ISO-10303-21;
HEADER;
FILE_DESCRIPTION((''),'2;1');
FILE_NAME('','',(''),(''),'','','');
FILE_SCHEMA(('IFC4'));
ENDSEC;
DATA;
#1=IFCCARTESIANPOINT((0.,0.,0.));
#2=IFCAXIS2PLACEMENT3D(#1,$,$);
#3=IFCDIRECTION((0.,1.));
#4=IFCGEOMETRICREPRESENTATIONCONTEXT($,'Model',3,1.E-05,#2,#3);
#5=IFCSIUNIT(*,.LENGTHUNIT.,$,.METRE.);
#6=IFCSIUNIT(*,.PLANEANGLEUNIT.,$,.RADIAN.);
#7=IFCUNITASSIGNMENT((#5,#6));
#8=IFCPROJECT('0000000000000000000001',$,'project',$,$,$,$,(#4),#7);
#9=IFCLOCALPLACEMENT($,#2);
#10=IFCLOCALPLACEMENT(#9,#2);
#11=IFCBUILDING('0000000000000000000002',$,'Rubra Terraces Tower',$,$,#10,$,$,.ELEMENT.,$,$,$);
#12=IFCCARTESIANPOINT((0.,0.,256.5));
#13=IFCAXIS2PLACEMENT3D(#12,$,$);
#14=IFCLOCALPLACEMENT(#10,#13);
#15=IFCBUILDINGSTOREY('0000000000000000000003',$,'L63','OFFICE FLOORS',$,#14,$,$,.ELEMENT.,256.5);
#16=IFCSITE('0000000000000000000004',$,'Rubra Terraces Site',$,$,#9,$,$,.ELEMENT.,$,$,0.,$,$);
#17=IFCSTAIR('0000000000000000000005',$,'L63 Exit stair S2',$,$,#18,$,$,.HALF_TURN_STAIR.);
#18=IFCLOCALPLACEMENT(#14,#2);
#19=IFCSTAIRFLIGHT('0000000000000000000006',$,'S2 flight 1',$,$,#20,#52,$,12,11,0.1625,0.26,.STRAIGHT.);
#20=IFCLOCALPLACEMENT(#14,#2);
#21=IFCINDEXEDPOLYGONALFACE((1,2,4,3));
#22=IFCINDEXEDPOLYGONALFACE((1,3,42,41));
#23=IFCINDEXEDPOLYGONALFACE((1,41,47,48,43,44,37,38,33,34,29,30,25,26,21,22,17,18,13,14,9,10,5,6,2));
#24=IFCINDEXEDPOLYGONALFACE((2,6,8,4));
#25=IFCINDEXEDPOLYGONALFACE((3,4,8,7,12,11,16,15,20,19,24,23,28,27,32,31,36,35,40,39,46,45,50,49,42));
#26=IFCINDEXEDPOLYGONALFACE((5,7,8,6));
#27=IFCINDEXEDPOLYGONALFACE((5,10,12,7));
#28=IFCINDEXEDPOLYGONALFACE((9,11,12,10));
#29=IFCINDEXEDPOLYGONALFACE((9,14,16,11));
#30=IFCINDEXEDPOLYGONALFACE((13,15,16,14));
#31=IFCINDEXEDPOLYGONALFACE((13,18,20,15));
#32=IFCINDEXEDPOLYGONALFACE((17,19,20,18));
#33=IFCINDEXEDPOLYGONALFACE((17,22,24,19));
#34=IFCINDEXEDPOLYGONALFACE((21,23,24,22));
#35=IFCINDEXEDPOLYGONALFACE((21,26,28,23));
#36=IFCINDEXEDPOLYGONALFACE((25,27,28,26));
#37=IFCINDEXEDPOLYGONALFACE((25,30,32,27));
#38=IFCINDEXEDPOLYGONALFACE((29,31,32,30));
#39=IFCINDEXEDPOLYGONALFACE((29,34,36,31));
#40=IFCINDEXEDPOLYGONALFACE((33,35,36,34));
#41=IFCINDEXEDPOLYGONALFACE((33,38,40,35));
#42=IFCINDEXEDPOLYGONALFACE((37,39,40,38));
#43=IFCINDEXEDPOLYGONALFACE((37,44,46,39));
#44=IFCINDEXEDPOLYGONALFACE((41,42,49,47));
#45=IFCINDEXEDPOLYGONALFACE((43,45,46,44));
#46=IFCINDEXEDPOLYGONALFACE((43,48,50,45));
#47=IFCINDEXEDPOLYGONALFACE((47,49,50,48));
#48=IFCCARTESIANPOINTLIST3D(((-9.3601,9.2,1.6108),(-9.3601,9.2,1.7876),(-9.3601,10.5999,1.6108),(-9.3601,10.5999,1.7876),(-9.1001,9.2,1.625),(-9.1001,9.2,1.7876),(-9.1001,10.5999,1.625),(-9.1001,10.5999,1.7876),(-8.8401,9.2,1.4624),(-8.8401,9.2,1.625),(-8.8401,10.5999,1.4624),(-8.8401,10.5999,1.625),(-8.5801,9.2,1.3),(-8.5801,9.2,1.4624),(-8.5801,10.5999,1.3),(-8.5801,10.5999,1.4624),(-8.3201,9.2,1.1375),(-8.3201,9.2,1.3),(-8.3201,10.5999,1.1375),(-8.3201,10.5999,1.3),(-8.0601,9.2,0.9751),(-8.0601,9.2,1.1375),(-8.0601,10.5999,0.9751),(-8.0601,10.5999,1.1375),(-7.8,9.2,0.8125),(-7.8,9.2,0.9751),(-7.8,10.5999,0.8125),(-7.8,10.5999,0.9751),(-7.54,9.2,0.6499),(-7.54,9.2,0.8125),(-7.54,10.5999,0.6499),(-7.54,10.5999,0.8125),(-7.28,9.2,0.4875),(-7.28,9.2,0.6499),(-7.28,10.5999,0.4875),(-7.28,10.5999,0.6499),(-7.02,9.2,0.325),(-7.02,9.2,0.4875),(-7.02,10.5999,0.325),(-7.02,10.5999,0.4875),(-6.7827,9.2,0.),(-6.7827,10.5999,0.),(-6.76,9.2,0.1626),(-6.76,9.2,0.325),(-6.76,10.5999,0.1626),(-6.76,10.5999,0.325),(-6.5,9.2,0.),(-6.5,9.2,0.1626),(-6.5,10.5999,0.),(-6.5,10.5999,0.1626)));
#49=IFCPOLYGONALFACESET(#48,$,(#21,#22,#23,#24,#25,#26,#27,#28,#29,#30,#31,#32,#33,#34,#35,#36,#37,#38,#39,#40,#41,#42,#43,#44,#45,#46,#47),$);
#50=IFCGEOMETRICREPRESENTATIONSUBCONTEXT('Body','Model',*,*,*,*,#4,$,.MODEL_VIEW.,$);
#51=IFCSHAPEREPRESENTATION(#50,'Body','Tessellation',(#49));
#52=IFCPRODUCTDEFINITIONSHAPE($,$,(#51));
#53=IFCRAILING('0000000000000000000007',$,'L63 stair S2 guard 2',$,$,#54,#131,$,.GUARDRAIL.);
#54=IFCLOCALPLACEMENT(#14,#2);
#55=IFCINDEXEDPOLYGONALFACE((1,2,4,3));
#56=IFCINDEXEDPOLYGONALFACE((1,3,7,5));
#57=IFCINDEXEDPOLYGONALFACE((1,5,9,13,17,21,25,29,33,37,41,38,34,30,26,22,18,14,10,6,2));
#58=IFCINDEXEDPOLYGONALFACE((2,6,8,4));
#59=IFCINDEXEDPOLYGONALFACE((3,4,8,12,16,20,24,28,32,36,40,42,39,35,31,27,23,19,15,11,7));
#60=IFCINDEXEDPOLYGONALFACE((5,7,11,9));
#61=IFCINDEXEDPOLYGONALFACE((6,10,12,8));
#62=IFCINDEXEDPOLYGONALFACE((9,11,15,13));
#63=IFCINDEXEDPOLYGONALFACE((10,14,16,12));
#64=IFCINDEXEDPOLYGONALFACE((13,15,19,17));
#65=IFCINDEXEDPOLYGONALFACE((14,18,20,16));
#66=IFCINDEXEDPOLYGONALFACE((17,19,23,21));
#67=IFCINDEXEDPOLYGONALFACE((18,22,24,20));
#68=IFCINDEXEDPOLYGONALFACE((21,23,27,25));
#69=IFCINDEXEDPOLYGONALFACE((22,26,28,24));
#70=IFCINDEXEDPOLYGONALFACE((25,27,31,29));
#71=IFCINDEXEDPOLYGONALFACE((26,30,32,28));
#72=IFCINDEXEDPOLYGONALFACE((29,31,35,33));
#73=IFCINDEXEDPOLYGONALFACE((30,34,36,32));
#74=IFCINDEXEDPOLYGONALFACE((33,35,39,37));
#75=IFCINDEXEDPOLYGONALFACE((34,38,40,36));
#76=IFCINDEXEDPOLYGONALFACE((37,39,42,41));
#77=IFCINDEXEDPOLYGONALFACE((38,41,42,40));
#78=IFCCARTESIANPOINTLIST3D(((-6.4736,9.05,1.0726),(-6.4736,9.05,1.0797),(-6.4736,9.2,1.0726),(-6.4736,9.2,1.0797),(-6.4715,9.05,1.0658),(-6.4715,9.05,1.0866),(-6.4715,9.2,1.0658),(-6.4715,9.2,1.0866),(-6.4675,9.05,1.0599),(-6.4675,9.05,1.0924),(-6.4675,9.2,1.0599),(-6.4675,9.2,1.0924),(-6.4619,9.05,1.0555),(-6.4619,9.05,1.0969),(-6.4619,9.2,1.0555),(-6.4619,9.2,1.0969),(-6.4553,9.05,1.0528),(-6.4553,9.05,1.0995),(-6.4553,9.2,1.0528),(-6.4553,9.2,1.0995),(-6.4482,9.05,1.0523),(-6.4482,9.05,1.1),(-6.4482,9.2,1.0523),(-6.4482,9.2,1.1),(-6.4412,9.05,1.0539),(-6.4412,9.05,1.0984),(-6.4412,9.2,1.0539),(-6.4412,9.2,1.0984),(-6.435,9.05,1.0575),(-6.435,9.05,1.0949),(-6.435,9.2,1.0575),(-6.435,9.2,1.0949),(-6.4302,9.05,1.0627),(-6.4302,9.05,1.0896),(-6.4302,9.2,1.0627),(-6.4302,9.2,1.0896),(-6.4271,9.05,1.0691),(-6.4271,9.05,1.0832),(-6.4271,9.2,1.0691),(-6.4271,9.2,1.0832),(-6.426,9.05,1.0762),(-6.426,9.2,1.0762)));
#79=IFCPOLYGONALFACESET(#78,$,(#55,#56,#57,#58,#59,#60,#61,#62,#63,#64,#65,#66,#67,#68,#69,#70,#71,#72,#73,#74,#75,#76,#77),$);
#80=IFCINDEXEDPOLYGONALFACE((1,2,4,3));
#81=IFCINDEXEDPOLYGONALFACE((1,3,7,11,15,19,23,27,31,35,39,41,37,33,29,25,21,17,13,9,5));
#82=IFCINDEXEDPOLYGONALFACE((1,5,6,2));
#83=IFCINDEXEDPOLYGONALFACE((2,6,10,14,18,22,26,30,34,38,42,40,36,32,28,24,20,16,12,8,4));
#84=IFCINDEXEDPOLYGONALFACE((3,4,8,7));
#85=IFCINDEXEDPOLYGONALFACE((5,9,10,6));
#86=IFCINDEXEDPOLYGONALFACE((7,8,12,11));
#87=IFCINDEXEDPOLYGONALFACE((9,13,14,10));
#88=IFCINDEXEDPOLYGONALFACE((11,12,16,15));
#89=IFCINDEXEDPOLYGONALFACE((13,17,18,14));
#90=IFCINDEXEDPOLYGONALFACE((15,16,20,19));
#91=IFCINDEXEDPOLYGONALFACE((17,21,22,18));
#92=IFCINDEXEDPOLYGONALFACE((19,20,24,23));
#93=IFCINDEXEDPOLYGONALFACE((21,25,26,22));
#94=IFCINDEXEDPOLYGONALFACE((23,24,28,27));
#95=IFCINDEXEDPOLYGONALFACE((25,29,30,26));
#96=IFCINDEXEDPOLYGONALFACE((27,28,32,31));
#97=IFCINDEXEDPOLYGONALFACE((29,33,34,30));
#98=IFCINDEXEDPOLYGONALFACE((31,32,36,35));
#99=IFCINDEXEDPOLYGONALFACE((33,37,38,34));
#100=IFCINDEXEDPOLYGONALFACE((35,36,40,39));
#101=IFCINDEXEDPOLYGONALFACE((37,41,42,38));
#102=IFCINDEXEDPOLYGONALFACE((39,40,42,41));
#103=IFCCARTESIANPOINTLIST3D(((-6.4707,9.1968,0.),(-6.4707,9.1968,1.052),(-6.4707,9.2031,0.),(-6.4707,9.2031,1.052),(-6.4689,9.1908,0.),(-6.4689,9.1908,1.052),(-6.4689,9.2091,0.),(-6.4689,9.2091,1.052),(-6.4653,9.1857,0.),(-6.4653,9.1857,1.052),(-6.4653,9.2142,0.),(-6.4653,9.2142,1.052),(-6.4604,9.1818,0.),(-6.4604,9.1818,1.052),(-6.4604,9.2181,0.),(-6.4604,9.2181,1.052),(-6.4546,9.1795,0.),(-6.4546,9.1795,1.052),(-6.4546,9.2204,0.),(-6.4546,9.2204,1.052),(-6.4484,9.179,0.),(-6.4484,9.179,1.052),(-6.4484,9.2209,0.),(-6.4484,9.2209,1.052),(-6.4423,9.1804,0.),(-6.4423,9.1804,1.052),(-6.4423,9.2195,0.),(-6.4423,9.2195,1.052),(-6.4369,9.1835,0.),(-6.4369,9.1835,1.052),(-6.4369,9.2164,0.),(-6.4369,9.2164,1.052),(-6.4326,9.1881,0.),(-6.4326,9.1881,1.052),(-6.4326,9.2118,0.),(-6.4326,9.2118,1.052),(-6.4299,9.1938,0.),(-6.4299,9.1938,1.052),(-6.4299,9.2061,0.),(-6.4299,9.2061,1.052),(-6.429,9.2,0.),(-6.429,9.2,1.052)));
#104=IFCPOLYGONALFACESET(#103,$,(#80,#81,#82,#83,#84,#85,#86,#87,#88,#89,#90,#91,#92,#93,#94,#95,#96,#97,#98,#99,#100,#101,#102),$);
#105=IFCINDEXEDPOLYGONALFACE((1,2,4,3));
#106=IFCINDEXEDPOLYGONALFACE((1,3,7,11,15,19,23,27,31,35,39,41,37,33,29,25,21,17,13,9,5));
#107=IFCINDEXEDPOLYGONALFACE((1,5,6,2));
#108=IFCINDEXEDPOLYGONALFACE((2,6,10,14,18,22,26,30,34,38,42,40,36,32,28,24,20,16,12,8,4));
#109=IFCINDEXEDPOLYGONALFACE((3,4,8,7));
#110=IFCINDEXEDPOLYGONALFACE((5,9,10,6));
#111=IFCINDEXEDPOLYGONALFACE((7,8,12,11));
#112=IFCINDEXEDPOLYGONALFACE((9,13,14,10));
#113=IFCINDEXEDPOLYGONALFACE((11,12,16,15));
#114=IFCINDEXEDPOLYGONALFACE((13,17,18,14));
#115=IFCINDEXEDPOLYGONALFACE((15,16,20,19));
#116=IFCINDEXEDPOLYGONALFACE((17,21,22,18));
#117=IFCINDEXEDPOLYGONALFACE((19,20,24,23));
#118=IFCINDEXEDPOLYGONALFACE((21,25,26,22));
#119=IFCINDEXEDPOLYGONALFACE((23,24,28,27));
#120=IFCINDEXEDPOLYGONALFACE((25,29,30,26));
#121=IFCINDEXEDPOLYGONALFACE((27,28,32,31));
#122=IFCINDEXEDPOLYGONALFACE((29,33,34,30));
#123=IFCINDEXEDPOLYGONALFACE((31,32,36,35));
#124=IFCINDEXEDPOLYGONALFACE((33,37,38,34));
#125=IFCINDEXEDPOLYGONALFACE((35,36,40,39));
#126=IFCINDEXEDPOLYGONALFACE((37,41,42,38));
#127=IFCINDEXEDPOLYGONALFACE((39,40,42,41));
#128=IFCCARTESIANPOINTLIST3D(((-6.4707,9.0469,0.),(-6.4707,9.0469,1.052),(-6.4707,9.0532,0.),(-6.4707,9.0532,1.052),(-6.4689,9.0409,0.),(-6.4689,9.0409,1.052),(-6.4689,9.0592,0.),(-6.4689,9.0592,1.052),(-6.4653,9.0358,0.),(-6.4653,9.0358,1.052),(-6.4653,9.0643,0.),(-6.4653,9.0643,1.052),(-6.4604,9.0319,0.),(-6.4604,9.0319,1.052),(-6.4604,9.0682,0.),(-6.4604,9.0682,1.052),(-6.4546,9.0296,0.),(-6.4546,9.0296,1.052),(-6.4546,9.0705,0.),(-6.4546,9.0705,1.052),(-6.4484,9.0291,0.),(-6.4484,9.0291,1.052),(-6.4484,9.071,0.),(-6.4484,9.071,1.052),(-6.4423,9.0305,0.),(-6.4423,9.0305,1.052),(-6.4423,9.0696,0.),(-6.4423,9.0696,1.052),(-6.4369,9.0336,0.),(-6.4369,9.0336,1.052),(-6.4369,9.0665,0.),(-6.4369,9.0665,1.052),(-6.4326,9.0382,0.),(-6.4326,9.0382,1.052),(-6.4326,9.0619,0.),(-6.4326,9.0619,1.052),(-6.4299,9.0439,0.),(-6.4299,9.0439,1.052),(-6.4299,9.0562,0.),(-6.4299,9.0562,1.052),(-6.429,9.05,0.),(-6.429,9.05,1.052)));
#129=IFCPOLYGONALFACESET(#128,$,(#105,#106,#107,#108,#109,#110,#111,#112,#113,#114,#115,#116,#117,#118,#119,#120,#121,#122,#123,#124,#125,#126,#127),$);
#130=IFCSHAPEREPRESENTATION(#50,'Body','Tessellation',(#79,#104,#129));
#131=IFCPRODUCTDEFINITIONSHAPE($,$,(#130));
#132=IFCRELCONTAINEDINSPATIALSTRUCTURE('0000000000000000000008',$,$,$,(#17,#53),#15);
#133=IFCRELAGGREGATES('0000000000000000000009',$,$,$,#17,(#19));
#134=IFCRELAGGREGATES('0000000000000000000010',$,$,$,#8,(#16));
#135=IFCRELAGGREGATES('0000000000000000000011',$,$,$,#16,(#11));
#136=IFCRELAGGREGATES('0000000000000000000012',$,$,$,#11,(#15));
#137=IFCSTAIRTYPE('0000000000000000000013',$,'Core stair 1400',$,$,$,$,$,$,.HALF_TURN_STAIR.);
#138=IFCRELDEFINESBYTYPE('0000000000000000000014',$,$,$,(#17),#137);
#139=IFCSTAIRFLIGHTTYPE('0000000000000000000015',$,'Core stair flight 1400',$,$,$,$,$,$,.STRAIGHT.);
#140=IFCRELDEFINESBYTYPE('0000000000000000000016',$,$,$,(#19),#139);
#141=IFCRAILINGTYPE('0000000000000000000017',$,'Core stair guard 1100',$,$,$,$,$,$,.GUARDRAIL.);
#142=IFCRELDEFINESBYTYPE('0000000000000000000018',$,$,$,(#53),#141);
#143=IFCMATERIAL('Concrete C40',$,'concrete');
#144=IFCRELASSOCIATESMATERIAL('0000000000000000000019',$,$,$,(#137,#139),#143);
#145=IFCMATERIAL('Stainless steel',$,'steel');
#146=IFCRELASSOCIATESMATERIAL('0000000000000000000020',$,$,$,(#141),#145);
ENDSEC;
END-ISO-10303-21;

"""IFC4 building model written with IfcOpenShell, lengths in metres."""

from ifc_helpers import new_model, si_unit, direction, frame, origin, origin_2d, place, context, subcontext, project, spatial, polyline, circle, outline, extrude, material, type_object, element, aggregate, save


model = new_model("IFC4")

# Units and contexts
model_context = context("Model", 3, precision=1e-05, world=origin(), true_north=direction((0.0, 1.0)))
body_context = subcontext(model_context, "Body", "Model", "MODEL_VIEW")
ifc_project = project(units=[si_unit("LENGTHUNIT", "METRE"), si_unit("PLANEANGLEUNIT", "RADIAN")], contexts=[model_context])

# Site, building, storey
site_placement = place(None, origin())
site = spatial("IfcSite", under=ifc_project, at=site_placement, Name="Rubra Terraces Site", CompositionType="ELEMENT", RefElevation=0.0)
building_placement = place(site_placement, origin())
building = spatial("IfcBuilding", under=site, at=building_placement, Name="Rubra Terraces Tower", CompositionType="ELEMENT")
storey_placement = place(building_placement, frame((0.0, 0.0, 256.5)))
storey = spatial("IfcBuildingStorey", under=building, at=storey_placement, Name="L63", Description="OFFICE FLOORS", CompositionType="ELEMENT", Elevation=256.5)

# Shared definitions
ifc_material_1 = material(Name="Concrete C40", Category="concrete")

# Stair, stair flight
stair_type = type_object("IfcStairType", Name="Core stair 1400", PredefinedType="HALF_TURN_STAIR", material=ifc_material_1)
stair_placement = place(storey_placement, origin())
stair = element("IfcStair", 1, at=stair_placement, inside=storey, type_object=stair_type, Name="L63 Exit stair S2", PredefinedType="HALF_TURN_STAIR")
stair_flight_type = type_object("IfcStairFlightType", Name="Core stair flight 1400", PredefinedType="STRAIGHT", material=ifc_material_1)
stair_flight_placement = place(storey_placement, frame((-6.5, 9.8999, 0.0), z_axis=(0.0, 0.0, 1.0), x_axis=(-1.0, 0.0, 0.0)))
stair_flight = element("IfcStairFlight", 2, at=stair_flight_placement, type_object=stair_flight_type, Name="S2 flight 1", NumberOfRisers=12, NumberOfTreads=11, PredefinedType="STRAIGHT", RiserHeight=0.1625, TreadLength=0.26, context=body_context, shape_type="SweptSolid", body=[
    extrude(outline(polyline([(0.0, 0.0), (0.0, 0.1626), (0.26, 0.1626), (0.26, 0.325), (0.52, 0.325), (0.52, 0.4875), (0.78, 0.4875), (0.78, 0.6499), (1.04, 0.6499), (1.04, 0.8125), (1.3, 0.8125), (1.3, 0.9751), (1.5601, 0.9751), (1.5601, 1.1375), (1.8201, 1.1375), (1.8201, 1.3), (2.0801, 1.3), (2.0801, 1.4624), (2.3401, 1.4624), (2.3401, 1.625), (2.6001, 1.625), (2.6001, 1.7876), (2.8601, 1.7876), (2.8601, 1.95), (2.8601, 1.6108), (0.2827, 0.0), (0.0, 0.0)])), frame((0.0, 0.7, 0.0), z_axis=(0.0, -1.0, 0.0), x_axis=(1.0, 0.0, 0.0)), (0.0, 0.0, 1.0), 1.3999),
])
aggregate(stair, [stair_flight])

# Railing
ifc_material_2 = material(Name="Stainless steel", Category="steel")
railing_type_1 = type_object("IfcRailingType", Name="Core stair guard 1100", PredefinedType="GUARDRAIL", material=ifc_material_2)
railing_1_placement = place(storey_placement, frame((-6.45, 9.2, 0.0)))
element("IfcRailing", 3, at=railing_1_placement, inside=storey, type_object=railing_type_1, Name="L63 stair S2 guard 2", PredefinedType="GUARDRAIL", context=body_context, shape_type="SweptSolid", body=[
    extrude(circle(Radius=0.0239, at=origin_2d()), frame((0.0, 0.0, 1.0762), z_axis=(0.0, -1.0, 0.0), x_axis=(1.0, 0.0, 0.0)), (0.0, 0.0, 1.0), 0.1499),
    extrude(circle(Radius=0.021, at=origin_2d()), origin(), (0.0, 0.0, 1.0), 1.052),
    extrude(circle(Radius=0.021, at=origin_2d()), frame((0.0, -0.1499, 0.0)), (0.0, 0.0, 1.0), 1.052),
])

save(model, "model.ifc")
